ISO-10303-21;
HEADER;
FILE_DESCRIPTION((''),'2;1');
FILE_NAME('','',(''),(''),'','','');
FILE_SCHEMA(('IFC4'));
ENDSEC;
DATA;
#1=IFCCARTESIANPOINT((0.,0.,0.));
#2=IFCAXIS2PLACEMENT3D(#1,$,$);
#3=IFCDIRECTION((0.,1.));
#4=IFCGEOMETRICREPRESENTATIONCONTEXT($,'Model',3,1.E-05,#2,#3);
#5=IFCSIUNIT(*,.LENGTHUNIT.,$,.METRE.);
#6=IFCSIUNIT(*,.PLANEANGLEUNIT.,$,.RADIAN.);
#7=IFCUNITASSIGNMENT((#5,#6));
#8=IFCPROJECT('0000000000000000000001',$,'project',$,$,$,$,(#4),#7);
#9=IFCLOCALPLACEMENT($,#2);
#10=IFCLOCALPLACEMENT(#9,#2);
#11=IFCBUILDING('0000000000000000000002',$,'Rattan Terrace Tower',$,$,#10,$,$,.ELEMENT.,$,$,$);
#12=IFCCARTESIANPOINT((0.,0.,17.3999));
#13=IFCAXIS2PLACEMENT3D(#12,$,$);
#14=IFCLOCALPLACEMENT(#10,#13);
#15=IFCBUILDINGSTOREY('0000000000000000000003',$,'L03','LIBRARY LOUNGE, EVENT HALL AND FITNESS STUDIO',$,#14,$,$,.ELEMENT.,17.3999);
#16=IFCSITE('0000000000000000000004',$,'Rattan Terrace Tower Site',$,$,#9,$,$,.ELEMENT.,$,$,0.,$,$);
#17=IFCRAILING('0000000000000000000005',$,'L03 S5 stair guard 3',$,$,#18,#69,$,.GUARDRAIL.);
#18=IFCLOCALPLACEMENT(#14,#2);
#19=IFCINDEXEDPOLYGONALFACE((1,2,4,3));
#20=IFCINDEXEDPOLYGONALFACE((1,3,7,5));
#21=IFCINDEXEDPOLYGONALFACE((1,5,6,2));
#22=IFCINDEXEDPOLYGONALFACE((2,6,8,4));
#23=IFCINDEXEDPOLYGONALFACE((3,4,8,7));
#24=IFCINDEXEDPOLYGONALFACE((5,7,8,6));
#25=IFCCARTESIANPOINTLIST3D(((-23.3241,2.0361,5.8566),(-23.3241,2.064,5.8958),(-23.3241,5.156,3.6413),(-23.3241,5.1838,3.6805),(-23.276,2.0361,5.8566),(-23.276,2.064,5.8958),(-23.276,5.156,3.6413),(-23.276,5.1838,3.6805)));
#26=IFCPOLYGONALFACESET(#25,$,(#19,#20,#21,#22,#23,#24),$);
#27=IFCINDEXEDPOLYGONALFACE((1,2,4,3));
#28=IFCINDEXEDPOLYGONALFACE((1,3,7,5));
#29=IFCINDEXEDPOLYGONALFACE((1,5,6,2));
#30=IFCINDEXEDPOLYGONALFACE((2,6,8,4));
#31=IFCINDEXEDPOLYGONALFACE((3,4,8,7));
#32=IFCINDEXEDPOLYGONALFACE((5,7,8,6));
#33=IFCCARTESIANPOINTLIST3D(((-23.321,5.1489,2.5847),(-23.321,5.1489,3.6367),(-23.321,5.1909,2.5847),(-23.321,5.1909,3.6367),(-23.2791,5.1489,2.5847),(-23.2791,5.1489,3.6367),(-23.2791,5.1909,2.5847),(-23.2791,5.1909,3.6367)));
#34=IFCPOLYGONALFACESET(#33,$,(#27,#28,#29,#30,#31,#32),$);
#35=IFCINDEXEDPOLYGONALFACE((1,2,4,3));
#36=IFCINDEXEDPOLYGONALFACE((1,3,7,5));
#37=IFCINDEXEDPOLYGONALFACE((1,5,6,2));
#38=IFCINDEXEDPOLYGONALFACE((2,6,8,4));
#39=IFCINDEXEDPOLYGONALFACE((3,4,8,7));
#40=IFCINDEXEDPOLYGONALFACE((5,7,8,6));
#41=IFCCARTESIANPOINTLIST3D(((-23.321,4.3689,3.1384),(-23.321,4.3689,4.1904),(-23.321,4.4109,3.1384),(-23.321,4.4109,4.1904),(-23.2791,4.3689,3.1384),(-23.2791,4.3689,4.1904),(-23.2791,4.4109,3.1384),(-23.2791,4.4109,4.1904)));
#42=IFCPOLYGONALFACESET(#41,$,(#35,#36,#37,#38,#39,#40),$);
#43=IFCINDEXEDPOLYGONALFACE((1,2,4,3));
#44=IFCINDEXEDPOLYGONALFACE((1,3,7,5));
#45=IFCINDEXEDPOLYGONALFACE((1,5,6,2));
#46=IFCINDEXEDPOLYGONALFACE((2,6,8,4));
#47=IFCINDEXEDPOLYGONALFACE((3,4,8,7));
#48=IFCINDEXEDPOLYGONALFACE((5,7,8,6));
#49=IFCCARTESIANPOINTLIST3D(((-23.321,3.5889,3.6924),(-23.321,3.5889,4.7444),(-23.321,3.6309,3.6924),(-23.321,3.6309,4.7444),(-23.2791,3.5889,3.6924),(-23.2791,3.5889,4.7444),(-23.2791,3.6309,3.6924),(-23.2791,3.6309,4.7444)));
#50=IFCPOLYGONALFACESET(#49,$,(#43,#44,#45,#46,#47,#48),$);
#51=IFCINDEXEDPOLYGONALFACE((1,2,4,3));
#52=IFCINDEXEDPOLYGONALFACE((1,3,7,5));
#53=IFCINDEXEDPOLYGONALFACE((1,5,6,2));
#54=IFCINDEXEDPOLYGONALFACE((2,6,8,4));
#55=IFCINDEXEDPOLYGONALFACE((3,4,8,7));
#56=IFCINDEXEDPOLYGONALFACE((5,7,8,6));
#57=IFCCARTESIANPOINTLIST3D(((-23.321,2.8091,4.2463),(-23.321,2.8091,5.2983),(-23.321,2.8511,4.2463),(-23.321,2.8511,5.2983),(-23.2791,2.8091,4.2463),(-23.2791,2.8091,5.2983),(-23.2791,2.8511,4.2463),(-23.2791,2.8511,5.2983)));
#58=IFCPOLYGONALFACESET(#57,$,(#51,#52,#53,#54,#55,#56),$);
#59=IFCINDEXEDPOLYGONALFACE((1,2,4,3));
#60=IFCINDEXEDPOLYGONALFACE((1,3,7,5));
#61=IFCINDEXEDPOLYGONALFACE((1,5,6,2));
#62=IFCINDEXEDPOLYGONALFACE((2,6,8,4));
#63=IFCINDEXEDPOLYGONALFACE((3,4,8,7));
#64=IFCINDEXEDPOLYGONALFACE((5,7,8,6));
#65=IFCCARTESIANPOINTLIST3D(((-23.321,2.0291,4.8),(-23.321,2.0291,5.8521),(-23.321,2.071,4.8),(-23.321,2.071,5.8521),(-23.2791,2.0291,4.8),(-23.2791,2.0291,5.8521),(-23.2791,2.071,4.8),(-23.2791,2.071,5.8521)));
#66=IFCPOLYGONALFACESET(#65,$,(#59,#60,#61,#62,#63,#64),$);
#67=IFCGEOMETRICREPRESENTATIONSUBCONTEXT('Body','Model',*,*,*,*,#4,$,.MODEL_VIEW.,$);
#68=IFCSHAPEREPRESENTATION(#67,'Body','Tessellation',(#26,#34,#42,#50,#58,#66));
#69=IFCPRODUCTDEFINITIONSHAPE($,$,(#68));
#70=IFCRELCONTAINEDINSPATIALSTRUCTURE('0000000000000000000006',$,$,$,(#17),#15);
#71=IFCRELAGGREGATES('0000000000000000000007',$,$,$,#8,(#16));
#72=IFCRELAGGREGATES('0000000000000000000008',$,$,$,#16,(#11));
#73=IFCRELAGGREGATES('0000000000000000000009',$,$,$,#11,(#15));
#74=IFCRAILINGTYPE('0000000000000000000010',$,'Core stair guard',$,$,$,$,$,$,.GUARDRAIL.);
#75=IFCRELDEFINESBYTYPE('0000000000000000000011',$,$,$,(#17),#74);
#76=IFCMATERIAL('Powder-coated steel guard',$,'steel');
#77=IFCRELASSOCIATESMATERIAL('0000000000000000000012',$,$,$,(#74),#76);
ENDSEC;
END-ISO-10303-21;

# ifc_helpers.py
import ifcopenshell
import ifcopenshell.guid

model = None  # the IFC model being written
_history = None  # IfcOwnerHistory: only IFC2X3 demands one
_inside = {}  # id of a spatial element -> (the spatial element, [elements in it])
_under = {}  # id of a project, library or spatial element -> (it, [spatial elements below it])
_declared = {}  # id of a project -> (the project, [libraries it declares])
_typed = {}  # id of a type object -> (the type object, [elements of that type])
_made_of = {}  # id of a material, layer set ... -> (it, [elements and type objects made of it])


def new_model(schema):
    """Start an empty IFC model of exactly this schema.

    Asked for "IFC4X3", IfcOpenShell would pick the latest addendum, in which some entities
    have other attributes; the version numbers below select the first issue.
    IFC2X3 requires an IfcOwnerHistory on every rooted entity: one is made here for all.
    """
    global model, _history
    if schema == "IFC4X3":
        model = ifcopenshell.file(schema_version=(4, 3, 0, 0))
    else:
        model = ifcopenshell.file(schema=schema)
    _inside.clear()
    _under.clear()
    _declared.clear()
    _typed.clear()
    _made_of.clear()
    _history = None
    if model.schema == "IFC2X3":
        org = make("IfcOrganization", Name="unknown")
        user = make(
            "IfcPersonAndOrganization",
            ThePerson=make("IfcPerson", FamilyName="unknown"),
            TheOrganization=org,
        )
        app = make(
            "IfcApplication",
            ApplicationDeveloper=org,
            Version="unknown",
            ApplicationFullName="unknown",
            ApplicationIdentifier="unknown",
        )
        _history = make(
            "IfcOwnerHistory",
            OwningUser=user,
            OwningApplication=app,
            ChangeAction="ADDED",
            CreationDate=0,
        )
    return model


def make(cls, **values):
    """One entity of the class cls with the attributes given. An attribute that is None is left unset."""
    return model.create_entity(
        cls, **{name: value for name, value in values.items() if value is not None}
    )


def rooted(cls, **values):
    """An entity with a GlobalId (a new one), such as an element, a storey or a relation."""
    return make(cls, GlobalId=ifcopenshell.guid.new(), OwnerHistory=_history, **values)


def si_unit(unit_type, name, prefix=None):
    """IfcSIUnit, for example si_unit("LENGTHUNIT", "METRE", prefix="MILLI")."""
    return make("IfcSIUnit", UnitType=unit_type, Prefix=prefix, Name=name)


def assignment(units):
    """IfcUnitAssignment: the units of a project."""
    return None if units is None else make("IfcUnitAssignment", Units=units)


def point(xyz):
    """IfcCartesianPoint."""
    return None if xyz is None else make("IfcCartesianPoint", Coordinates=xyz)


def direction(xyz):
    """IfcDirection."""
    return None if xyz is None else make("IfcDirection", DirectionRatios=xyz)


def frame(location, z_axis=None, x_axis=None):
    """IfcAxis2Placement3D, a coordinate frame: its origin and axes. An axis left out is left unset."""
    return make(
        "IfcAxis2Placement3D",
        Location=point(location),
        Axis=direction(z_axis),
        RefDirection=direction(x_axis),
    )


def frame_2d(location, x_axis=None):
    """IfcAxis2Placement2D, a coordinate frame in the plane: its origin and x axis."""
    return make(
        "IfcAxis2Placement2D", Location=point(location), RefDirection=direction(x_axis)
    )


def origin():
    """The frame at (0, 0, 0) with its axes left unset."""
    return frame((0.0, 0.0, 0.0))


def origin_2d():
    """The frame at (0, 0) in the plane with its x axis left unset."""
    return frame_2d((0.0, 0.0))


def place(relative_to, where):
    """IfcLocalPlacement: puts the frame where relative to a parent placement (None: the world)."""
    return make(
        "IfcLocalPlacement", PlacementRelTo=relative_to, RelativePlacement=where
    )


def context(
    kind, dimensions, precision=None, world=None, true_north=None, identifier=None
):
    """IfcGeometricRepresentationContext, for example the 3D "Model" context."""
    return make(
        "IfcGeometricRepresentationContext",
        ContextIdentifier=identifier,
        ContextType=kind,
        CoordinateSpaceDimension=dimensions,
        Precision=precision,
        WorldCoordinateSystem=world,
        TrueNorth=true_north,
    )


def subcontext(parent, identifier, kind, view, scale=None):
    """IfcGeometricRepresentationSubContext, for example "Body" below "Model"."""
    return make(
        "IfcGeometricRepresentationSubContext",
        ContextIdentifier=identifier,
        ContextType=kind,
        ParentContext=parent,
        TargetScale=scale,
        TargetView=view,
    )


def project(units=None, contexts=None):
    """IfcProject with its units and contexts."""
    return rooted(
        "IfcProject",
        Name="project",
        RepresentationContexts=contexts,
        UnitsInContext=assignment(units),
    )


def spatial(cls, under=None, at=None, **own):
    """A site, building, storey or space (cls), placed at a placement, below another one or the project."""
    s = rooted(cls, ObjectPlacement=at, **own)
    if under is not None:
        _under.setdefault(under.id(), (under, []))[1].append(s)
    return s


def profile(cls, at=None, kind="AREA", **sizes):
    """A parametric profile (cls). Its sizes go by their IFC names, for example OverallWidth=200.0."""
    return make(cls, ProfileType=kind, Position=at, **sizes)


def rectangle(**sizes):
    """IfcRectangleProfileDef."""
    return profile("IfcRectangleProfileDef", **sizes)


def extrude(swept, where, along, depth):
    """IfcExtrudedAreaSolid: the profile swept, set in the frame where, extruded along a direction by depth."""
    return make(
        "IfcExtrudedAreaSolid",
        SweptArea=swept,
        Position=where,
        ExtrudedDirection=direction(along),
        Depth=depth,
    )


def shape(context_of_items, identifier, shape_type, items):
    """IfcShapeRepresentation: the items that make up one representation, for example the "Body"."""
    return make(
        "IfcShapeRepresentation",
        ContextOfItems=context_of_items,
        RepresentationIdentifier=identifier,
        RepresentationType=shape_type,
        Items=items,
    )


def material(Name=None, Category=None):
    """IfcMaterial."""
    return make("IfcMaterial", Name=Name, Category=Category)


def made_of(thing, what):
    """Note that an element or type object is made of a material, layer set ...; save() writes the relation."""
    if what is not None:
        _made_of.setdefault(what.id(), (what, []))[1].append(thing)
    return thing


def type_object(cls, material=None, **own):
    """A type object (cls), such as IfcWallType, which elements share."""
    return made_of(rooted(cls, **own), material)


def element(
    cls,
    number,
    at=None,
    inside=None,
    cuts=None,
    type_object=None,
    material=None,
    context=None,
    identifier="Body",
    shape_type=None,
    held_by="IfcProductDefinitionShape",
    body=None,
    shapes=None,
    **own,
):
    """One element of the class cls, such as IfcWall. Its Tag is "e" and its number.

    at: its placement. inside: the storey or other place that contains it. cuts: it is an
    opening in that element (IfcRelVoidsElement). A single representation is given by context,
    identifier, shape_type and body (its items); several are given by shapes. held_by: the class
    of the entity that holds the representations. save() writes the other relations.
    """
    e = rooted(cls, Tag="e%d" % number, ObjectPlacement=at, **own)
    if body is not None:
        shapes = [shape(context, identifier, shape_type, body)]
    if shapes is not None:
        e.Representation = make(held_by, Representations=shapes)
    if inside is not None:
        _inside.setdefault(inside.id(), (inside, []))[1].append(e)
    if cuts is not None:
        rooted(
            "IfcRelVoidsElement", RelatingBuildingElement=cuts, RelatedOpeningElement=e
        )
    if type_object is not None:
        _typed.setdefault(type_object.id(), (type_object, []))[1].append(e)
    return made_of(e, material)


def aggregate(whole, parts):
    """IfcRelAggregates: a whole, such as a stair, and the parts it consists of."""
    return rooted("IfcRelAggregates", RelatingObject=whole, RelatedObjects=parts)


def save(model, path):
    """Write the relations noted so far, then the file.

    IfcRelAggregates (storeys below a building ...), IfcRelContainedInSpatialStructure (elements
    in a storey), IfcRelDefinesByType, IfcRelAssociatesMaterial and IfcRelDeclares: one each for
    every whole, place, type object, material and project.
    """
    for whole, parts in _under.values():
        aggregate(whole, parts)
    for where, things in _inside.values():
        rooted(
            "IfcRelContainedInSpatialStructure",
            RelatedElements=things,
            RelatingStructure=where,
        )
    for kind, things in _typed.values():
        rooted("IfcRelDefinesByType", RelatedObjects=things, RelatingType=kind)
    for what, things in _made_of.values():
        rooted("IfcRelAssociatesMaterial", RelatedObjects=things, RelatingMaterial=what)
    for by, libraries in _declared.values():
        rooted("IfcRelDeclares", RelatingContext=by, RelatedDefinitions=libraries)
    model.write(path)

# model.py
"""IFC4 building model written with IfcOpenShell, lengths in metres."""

from ifc_helpers import new_model, si_unit, direction, frame, origin, origin_2d, place, context, subcontext, project, spatial, rectangle, extrude, material, type_object, element, save


model = new_model("IFC4")

# Units and contexts
model_context = context("Model", 3, precision=1e-05, world=origin(), true_north=direction((0.0, 1.0)))
body_context = subcontext(model_context, "Body", "Model", "MODEL_VIEW")
ifc_project = project(units=[si_unit("LENGTHUNIT", "METRE"), si_unit("PLANEANGLEUNIT", "RADIAN")], contexts=[model_context])

# Site, building, storey
site_placement = place(None, origin())
site = spatial("IfcSite", under=ifc_project, at=site_placement, Name="Rattan Terrace Tower Site", CompositionType="ELEMENT", RefElevation=0.0)
building_placement = place(site_placement, origin())
building = spatial("IfcBuilding", under=site, at=building_placement, Name="Rattan Terrace Tower", CompositionType="ELEMENT")
storey_placement = place(building_placement, frame((0.0, 0.0, 17.3999)))
storey = spatial("IfcBuildingStorey", under=building, at=storey_placement, Name="L03", Description="LIBRARY LOUNGE, EVENT HALL AND FITNESS STUDIO", CompositionType="ELEMENT", Elevation=17.3999)

# Railing
ifc_material_1 = material(Name="Powder-coated steel guard", Category="steel")
railing_type = type_object("IfcRailingType", Name="Core stair guard", PredefinedType="GUARDRAIL", material=ifc_material_1)
railing_1_placement = place(storey_placement, frame((-23.3, 5.1699, 2.5847)))
element("IfcRailing", 1, at=railing_1_placement, inside=storey, type_object=railing_type, Name="L03 S5 stair guard 3", PredefinedType="GUARDRAIL", context=body_context, shape_type="SweptSolid", body=[
    extrude(rectangle(XDim=0.0481, YDim=0.0481, at=origin_2d()), frame((0.0, 0.0, 1.0762), z_axis=(0.0, -0.815356, 0.578961), x_axis=(1.0, 0.0, 0.0)), (0.0, 0.0, 1.0), 3.8264),
    extrude(rectangle(XDim=0.042, YDim=0.042, at=origin_2d()), origin(), (0.0, 0.0, 1.0), 1.052),
    extrude(rectangle(XDim=0.042, YDim=0.042, at=origin_2d()), frame((0.0, -0.78, 0.5537)), (0.0, 0.0, 1.0), 1.052),
    extrude(rectangle(XDim=0.042, YDim=0.042, at=origin_2d()), frame((0.0, -1.5601, 1.1077)), (0.0, 0.0, 1.0), 1.052),
    extrude(rectangle(XDim=0.042, YDim=0.042, at=origin_2d()), frame((0.0, -2.3398, 1.6616)), (0.0, 0.0, 1.0), 1.052),
    extrude(rectangle(XDim=0.042, YDim=0.042, at=origin_2d()), frame((0.0, -3.1199, 2.2153)), (0.0, 0.0, 1.0), 1.052),
])

save(model, "model.ifc")
